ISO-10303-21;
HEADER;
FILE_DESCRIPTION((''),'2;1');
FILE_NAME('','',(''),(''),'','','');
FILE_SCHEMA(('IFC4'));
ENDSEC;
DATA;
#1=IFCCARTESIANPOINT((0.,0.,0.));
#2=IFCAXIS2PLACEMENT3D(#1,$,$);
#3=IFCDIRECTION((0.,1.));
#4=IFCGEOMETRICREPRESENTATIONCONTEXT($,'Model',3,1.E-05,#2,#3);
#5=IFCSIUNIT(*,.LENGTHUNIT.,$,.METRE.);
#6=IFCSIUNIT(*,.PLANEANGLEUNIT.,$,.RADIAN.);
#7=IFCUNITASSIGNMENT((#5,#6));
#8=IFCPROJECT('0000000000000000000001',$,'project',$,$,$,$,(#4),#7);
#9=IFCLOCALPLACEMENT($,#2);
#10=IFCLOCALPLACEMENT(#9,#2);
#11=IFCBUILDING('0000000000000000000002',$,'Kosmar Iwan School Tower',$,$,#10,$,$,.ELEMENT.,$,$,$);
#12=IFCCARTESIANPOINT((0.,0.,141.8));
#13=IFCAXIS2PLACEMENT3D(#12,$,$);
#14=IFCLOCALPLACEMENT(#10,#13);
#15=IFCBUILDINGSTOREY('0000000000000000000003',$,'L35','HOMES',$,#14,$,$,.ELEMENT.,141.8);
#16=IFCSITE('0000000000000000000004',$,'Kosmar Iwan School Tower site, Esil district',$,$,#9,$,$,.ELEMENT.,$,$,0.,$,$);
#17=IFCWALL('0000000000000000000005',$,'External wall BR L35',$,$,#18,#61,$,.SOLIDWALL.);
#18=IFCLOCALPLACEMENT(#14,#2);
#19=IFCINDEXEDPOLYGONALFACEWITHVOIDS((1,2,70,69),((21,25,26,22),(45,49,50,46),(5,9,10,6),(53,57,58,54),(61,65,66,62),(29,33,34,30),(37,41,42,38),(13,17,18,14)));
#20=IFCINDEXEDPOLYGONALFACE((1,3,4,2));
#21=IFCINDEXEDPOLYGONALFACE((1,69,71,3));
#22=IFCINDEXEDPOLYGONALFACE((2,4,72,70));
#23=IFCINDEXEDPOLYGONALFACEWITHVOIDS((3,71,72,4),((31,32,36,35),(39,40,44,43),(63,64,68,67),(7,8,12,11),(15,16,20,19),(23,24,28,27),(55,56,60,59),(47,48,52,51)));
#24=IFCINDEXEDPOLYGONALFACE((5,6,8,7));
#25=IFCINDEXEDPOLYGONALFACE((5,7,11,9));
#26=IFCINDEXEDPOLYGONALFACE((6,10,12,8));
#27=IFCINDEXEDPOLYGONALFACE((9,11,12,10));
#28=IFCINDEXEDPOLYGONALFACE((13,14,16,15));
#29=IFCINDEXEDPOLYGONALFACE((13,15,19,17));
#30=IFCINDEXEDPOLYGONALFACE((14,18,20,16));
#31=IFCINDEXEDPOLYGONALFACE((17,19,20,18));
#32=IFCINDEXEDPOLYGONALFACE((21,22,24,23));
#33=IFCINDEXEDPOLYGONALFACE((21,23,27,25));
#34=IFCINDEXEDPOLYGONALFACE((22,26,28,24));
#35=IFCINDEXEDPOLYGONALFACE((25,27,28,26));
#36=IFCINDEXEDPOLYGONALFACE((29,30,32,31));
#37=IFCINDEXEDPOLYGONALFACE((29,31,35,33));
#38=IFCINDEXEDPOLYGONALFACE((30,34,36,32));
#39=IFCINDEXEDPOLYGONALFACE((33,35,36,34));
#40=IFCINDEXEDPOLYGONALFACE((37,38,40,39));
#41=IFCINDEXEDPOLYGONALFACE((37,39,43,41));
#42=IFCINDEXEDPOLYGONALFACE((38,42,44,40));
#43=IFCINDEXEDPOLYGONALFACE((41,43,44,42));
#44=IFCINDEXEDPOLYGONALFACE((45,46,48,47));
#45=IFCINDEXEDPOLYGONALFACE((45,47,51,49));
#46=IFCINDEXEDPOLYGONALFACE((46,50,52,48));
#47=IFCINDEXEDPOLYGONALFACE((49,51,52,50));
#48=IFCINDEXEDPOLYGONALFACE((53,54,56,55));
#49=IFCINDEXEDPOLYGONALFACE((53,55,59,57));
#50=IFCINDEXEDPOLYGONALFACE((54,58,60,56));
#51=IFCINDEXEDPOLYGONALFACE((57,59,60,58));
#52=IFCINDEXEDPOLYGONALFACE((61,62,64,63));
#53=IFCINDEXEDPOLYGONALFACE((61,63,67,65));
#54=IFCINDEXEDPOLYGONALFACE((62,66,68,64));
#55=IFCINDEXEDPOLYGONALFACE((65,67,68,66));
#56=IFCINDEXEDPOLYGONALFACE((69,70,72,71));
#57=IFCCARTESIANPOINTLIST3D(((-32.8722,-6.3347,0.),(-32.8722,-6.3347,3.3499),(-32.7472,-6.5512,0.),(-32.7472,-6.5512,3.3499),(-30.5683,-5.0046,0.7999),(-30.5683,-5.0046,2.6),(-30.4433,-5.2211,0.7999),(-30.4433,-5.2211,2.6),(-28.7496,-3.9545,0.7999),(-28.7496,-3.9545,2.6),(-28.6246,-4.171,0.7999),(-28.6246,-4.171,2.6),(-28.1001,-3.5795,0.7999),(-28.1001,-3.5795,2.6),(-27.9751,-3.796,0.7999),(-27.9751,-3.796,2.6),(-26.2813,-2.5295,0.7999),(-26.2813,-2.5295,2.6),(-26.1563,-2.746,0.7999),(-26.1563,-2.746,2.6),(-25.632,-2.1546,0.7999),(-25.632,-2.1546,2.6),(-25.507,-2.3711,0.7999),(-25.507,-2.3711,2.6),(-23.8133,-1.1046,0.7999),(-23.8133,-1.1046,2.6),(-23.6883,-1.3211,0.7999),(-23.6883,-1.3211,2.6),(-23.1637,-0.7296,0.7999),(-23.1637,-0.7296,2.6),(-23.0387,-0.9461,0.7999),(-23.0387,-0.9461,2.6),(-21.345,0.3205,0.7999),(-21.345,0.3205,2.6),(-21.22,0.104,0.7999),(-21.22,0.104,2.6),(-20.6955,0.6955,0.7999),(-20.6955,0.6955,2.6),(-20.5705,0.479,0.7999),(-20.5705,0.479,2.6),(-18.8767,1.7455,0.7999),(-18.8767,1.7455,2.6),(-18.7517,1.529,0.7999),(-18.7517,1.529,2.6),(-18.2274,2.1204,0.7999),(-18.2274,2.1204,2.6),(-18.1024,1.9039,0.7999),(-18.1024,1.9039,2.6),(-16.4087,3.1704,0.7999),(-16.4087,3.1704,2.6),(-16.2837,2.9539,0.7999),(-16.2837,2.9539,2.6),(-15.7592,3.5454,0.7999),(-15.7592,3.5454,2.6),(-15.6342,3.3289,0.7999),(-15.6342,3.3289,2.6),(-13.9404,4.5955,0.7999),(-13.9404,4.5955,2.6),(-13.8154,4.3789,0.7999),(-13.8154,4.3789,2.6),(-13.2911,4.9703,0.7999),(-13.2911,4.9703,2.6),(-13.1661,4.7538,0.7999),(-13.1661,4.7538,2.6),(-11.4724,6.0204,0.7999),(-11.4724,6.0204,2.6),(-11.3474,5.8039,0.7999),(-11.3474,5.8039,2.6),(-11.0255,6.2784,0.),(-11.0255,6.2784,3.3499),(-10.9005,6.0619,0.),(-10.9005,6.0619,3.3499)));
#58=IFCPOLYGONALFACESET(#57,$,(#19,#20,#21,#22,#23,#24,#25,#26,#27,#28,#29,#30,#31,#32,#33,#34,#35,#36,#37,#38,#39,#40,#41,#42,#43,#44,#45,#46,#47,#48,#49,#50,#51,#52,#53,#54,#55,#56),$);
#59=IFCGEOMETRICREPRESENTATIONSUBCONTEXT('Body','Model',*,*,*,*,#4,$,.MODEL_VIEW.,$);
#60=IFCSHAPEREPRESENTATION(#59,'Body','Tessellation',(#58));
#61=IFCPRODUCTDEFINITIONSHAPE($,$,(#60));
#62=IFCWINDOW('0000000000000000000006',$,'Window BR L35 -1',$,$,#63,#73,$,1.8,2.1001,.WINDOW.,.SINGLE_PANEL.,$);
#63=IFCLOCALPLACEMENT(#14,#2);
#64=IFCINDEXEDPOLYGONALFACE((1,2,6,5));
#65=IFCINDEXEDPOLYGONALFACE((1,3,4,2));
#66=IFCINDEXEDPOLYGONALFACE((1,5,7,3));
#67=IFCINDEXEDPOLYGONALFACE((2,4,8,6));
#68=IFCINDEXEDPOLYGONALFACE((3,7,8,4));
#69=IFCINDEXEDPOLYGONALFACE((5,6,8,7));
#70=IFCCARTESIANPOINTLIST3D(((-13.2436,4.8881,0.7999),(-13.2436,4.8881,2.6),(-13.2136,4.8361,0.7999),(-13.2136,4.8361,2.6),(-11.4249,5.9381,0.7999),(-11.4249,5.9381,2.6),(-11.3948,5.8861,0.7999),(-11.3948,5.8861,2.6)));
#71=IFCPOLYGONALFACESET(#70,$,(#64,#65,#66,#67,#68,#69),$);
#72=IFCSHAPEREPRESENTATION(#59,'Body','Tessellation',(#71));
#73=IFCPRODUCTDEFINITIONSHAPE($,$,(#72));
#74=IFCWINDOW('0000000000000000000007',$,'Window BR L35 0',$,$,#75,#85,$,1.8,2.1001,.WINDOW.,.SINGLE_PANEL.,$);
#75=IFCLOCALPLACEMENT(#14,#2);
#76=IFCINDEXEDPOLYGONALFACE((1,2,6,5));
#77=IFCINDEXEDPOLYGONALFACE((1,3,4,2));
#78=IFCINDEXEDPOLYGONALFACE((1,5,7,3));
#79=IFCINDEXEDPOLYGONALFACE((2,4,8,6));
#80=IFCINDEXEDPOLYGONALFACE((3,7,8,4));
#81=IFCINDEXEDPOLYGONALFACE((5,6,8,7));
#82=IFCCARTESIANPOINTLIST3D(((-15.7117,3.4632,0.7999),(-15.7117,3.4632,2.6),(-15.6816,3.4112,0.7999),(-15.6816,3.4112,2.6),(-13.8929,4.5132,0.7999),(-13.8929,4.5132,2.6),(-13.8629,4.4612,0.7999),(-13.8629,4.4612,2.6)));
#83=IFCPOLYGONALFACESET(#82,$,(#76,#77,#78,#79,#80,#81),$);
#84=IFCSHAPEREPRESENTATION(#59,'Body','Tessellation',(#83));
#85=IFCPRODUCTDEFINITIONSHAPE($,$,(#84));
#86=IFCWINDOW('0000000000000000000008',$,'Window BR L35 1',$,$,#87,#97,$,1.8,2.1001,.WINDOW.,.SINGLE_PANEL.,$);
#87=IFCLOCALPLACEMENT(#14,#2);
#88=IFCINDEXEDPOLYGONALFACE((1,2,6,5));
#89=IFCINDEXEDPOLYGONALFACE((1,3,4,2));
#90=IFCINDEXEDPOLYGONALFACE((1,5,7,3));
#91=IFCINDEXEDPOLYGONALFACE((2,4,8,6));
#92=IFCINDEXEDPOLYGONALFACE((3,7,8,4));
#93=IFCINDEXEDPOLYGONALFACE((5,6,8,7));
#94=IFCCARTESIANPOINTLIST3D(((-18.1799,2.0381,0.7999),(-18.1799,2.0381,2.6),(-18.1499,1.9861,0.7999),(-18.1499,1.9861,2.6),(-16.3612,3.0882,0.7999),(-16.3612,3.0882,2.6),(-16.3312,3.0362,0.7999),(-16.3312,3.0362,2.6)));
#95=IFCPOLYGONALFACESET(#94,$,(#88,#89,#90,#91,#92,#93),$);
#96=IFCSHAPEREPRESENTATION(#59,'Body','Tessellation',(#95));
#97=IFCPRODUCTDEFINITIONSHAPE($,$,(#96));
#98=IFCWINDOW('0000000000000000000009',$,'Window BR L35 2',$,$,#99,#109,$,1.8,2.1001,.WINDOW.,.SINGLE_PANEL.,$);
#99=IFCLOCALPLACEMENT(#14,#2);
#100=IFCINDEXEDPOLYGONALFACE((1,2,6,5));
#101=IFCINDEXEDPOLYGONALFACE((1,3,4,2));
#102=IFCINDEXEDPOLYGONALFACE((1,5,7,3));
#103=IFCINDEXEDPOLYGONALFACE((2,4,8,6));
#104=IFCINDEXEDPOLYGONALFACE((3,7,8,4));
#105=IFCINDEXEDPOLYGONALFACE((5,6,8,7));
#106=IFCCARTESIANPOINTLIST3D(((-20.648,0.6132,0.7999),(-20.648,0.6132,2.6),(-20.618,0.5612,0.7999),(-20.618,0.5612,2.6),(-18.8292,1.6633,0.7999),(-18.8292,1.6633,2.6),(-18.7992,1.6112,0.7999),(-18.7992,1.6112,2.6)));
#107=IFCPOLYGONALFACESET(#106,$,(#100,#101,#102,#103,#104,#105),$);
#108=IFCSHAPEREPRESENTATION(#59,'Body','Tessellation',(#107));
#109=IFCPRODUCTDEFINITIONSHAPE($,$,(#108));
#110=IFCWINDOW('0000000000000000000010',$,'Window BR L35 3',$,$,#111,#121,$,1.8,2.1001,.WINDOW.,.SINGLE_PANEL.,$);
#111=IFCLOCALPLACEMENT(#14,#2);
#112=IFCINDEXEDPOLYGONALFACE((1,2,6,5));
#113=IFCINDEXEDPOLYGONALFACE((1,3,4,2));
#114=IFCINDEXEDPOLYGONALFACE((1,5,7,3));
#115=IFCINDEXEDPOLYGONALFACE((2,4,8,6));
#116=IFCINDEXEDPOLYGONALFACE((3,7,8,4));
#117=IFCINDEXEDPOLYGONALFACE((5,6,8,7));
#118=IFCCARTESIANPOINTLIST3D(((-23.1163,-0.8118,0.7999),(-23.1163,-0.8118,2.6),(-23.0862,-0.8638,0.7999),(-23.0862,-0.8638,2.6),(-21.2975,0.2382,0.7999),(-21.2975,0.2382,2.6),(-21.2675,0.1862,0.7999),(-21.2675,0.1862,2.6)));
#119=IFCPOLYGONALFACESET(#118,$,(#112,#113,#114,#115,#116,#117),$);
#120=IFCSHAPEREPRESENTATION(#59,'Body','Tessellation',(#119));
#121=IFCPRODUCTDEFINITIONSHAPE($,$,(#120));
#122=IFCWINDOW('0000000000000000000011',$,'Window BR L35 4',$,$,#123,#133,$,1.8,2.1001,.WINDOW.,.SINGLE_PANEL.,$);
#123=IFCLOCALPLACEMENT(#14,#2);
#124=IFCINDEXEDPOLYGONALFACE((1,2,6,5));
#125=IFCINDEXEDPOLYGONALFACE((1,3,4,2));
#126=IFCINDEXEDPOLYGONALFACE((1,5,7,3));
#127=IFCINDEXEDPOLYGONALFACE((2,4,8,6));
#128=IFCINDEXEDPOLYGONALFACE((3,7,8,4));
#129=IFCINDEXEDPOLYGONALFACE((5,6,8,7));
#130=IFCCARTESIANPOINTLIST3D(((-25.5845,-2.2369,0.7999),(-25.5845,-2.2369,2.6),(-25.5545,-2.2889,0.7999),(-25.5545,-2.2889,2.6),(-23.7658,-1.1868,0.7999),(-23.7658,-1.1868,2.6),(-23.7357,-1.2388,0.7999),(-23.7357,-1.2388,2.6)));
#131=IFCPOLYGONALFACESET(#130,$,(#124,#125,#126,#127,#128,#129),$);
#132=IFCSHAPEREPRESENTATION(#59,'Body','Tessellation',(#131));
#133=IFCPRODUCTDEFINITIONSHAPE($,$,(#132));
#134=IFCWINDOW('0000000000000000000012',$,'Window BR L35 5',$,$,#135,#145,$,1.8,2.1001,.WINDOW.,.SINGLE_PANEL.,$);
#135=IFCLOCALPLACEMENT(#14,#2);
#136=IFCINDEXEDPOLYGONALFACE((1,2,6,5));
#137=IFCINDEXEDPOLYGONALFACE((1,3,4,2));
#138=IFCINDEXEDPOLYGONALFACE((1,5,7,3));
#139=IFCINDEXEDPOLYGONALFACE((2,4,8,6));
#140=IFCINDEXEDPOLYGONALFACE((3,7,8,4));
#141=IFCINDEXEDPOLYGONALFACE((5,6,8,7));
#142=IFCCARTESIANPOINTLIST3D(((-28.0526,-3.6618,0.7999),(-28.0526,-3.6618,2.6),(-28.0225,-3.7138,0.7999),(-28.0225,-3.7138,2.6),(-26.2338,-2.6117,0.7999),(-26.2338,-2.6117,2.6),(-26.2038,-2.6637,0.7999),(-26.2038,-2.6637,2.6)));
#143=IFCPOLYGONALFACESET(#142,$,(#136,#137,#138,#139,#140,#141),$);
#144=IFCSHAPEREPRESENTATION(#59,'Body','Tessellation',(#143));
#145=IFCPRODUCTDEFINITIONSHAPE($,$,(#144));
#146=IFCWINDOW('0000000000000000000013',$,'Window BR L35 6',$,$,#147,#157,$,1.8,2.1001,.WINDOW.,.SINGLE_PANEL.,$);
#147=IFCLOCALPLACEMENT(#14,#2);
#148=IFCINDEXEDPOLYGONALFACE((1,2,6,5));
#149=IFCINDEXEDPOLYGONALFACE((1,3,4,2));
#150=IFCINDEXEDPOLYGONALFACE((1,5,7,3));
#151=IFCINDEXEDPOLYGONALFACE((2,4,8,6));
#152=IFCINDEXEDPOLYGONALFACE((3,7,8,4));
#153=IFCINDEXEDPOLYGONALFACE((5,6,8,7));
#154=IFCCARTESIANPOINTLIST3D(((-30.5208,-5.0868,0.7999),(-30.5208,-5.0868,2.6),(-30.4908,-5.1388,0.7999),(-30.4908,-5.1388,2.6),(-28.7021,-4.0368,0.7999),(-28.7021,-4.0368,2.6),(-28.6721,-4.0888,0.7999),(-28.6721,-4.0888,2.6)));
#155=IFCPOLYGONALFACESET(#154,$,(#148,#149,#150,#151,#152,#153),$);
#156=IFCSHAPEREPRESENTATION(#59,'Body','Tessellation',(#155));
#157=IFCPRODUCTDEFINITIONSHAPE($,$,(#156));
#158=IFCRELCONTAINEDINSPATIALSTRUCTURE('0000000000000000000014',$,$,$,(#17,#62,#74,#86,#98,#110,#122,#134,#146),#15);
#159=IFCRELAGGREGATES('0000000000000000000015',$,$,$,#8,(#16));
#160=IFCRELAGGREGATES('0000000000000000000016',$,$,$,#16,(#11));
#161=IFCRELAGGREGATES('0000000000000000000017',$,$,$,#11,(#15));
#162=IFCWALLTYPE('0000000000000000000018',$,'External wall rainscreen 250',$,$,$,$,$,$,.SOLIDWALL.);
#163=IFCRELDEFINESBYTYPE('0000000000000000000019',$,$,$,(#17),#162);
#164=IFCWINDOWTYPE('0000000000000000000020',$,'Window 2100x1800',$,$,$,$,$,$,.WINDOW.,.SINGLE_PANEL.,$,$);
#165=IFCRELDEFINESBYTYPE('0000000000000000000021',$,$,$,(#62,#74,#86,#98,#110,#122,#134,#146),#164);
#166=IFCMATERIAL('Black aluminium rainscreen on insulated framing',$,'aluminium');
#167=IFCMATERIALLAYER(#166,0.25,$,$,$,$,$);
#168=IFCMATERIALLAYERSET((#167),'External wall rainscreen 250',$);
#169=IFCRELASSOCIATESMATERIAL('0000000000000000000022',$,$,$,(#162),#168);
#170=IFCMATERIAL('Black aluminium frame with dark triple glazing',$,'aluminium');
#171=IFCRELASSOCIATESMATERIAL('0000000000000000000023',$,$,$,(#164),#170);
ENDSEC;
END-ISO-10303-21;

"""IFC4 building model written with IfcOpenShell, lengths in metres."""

from ifc_helpers import new_model, si_unit, direction, frame, frame_2d, origin, place, context, subcontext, project, spatial, rectangle, extrude, material, layer, layer_set, type_object, element, fill, save


model = new_model("IFC4")

# Units and contexts
model_context = context("Model", 3, precision=1e-05, world=origin(), true_north=direction((0.0, 1.0)))
body_context = subcontext(model_context, "Body", "Model", "MODEL_VIEW")
ifc_project = project(units=[si_unit("LENGTHUNIT", "METRE"), si_unit("PLANEANGLEUNIT", "RADIAN")], contexts=[model_context])

# Site, building, storey
site_placement = place(None, origin())
site = spatial("IfcSite", under=ifc_project, at=site_placement, Name="Kosmar Iwan School Tower site, Esil district", CompositionType="ELEMENT", RefElevation=0.0)
building_placement = place(site_placement, origin())
building = spatial("IfcBuilding", under=site, at=building_placement, Name="Kosmar Iwan School Tower", CompositionType="ELEMENT")
storey_placement = place(building_placement, frame((0.0, 0.0, 141.8)))
storey = spatial("IfcBuildingStorey", under=building, at=storey_placement, Name="L35", Description="HOMES", CompositionType="ELEMENT", Elevation=141.8)

# Wall, openings, windows
ifc_material_1 = material(Name="Black aluminium rainscreen on insulated framing", Category="aluminium")
ifc_layer_1 = layer(ifc_material_1, 0.25)
ifc_layer_set_1 = layer_set([ifc_layer_1], Name="External wall rainscreen 250")
wall_type_1 = type_object("IfcWallType", Name="External wall rainscreen 250", PredefinedType="SOLIDWALL", material=ifc_layer_set_1)
ifc_material_2 = material(Name="Black aluminium frame with dark triple glazing", Category="aluminium")
window_type = type_object("IfcWindowType", Name="Window 2100x1800", PartitioningType="SINGLE_PANEL", PredefinedType="WINDOW", material=ifc_material_2)
wall_1_placement = place(storey_placement, frame((-10.9629, 6.1702, 0.0), z_axis=(0.0, 0.0, 1.0), x_axis=(-0.866028, -0.499996, 0.0)))
wall_1 = element("IfcWall", 1, at=wall_1_placement, inside=storey, type_object=wall_type_1, Name="External wall BR L35", PredefinedType="SOLIDWALL", context=body_context, shape_type="SweptSolid", body=[
    extrude(rectangle(XDim=25.2263, YDim=0.25, at=frame_2d((12.6133, 0.0))), origin(), (0.0, 0.0, 1.0), 3.3499),
])
opening_1_placement = place(wall_1_placement, frame((0.5161, 0.0, 0.8)))
opening_1 = element("IfcOpeningElement", 2, at=opening_1_placement, cuts=wall_1, PredefinedType="OPENING", context=body_context, shape_type="SweptSolid", body=[
    extrude(rectangle(XDim=2.1001, YDim=1.8, at=frame_2d((1.05, 0.8999))), frame((0.0, 0.137, 0.0), z_axis=(0.0, -1.0, 0.0), x_axis=(1.0, 0.0, 0.0)), (0.0, 0.0, 1.0), 0.2739),
])
opening_2_placement = place(wall_1_placement, frame((3.366, 0.0, 0.8)))
opening_2 = element("IfcOpeningElement", 3, at=opening_2_placement, cuts=wall_1, PredefinedType="OPENING", context=body_context, shape_type="SweptSolid", body=[
    extrude(rectangle(XDim=2.1001, YDim=1.8, at=frame_2d((1.05, 0.8999))), frame((0.0, 0.137, 0.0), z_axis=(0.0, -1.0, 0.0), x_axis=(1.0, 0.0, 0.0)), (0.0, 0.0, 1.0), 0.2739),
])
opening_3_placement = place(wall_1_placement, frame((6.2161, 0.0, 0.8)))
opening_3 = element("IfcOpeningElement", 4, at=opening_3_placement, cuts=wall_1, PredefinedType="OPENING", context=body_context, shape_type="SweptSolid", body=[
    extrude(rectangle(XDim=2.1001, YDim=1.8, at=frame_2d((1.05, 0.8999))), frame((0.0, 0.137, 0.0), z_axis=(0.0, -1.0, 0.0), x_axis=(1.0, 0.0, 0.0)), (0.0, 0.0, 1.0), 0.2739),
])
opening_4_placement = place(wall_1_placement, frame((9.0659, 0.0, 0.8)))
opening_4 = element("IfcOpeningElement", 5, at=opening_4_placement, cuts=wall_1, PredefinedType="OPENING", context=body_context, shape_type="SweptSolid", body=[
    extrude(rectangle(XDim=2.1001, YDim=1.8, at=frame_2d((1.05, 0.8999))), frame((0.0, 0.137, 0.0), z_axis=(0.0, -1.0, 0.0), x_axis=(1.0, 0.0, 0.0)), (0.0, 0.0, 1.0), 0.2739),
])
opening_5_placement = place(wall_1_placement, frame((11.916, 0.0, 0.8)))
opening_5 = element("IfcOpeningElement", 6, at=opening_5_placement, cuts=wall_1, PredefinedType="OPENING", context=body_context, shape_type="SweptSolid", body=[
    extrude(rectangle(XDim=2.1001, YDim=1.8, at=frame_2d((1.05, 0.8999))), frame((0.0, 0.137, 0.0), z_axis=(0.0, -1.0, 0.0), x_axis=(1.0, 0.0, 0.0)), (0.0, 0.0, 1.0), 0.2739),
])
opening_6_placement = place(wall_1_placement, frame((14.7661, 0.0, 0.8)))
opening_6 = element("IfcOpeningElement", 7, at=opening_6_placement, cuts=wall_1, PredefinedType="OPENING", context=body_context, shape_type="SweptSolid", body=[
    extrude(rectangle(XDim=2.1001, YDim=1.8, at=frame_2d((1.05, 0.8999))), frame((0.0, 0.137, 0.0), z_axis=(0.0, -1.0, 0.0), x_axis=(1.0, 0.0, 0.0)), (0.0, 0.0, 1.0), 0.2739),
])
opening_7_placement = place(wall_1_placement, frame((17.616, 0.0, 0.8)))
opening_7 = element("IfcOpeningElement", 8, at=opening_7_placement, cuts=wall_1, PredefinedType="OPENING", context=body_context, shape_type="SweptSolid", body=[
    extrude(rectangle(XDim=2.1001, YDim=1.8, at=frame_2d((1.05, 0.8999))), frame((0.0, 0.137, 0.0), z_axis=(0.0, -1.0, 0.0), x_axis=(1.0, 0.0, 0.0)), (0.0, 0.0, 1.0), 0.2739),
])
opening_8_placement = place(wall_1_placement, frame((20.4661, 0.0, 0.8)))
opening_8 = element("IfcOpeningElement", 9, at=opening_8_placement, cuts=wall_1, PredefinedType="OPENING", context=body_context, shape_type="SweptSolid", body=[
    extrude(rectangle(XDim=2.1001, YDim=1.8, at=frame_2d((1.05, 0.8999))), frame((0.0, 0.137, 0.0), z_axis=(0.0, -1.0, 0.0), x_axis=(1.0, 0.0, 0.0)), (0.0, 0.0, 1.0), 0.2739),
])
window_1_placement = place(opening_1_placement, origin())
window_1 = element("IfcWindow", 10, at=window_1_placement, inside=storey, type_object=window_type, Name="Window BR L35 -1", OverallHeight=1.8, OverallWidth=2.1001, PartitioningType="SINGLE_PANEL", PredefinedType="WINDOW", context=body_context, shape_type="SweptSolid", body=[
    extrude(rectangle(XDim=2.1001, YDim=1.8, at=frame_2d((1.05, 0.8999))), frame((0.0, 0.03, 0.0), z_axis=(0.0, -1.0, 0.0), x_axis=(1.0, 0.0, 0.0)), (0.0, 0.0, 1.0), 0.0601),
])
fill(opening_1, window_1)
window_2_placement = place(opening_2_placement, origin())
window_2 = element("IfcWindow", 11, at=window_2_placement, inside=storey, type_object=window_type, Name="Window BR L35 0", OverallHeight=1.8, OverallWidth=2.1001, PartitioningType="SINGLE_PANEL", PredefinedType="WINDOW", context=body_context, shape_type="SweptSolid", body=[
    extrude(rectangle(XDim=2.1001, YDim=1.8, at=frame_2d((1.05, 0.8999))), frame((0.0, 0.03, 0.0), z_axis=(0.0, -1.0, 0.0), x_axis=(1.0, 0.0, 0.0)), (0.0, 0.0, 1.0), 0.0601),
])
fill(opening_2, window_2)
window_3_placement = place(opening_3_placement, origin())
window_3 = element("IfcWindow", 12, at=window_3_placement, inside=storey, type_object=window_type, Name="Window BR L35 1", OverallHeight=1.8, OverallWidth=2.1001, PartitioningType="SINGLE_PANEL", PredefinedType="WINDOW", context=body_context, shape_type="SweptSolid", body=[
    extrude(rectangle(XDim=2.1001, YDim=1.8, at=frame_2d((1.05, 0.8999))), frame((0.0, 0.03, 0.0), z_axis=(0.0, -1.0, 0.0), x_axis=(1.0, 0.0, 0.0)), (0.0, 0.0, 1.0), 0.0601),
])
fill(opening_3, window_3)
window_4_placement = place(opening_4_placement, origin())
window_4 = element("IfcWindow", 13, at=window_4_placement, inside=storey, type_object=window_type, Name="Window BR L35 2", OverallHeight=1.8, OverallWidth=2.1001, PartitioningType="SINGLE_PANEL", PredefinedType="WINDOW", context=body_context, shape_type="SweptSolid", body=[
    extrude(rectangle(XDim=2.1001, YDim=1.8, at=frame_2d((1.05, 0.8999))), frame((0.0, 0.03, 0.0), z_axis=(0.0, -1.0, 0.0), x_axis=(1.0, 0.0, 0.0)), (0.0, 0.0, 1.0), 0.0601),
])
fill(opening_4, window_4)
window_5_placement = place(opening_5_placement, origin())
window_5 = element("IfcWindow", 14, at=window_5_placement, inside=storey, type_object=window_type, Name="Window BR L35 3", OverallHeight=1.8, OverallWidth=2.1001, PartitioningType="SINGLE_PANEL", PredefinedType="WINDOW", context=body_context, shape_type="SweptSolid", body=[
    extrude(rectangle(XDim=2.1001, YDim=1.8, at=frame_2d((1.05, 0.8999))), frame((0.0, 0.03, 0.0), z_axis=(0.0, -1.0, 0.0), x_axis=(1.0, 0.0, 0.0)), (0.0, 0.0, 1.0), 0.0601),
])
fill(opening_5, window_5)
window_6_placement = place(opening_6_placement, origin())
window_6 = element("IfcWindow", 15, at=window_6_placement, inside=storey, type_object=window_type, Name="Window BR L35 4", OverallHeight=1.8, OverallWidth=2.1001, PartitioningType="SINGLE_PANEL", PredefinedType="WINDOW", context=body_context, shape_type="SweptSolid", body=[
    extrude(rectangle(XDim=2.1001, YDim=1.8, at=frame_2d((1.05, 0.8999))), frame((0.0, 0.03, 0.0), z_axis=(0.0, -1.0, 0.0), x_axis=(1.0, 0.0, 0.0)), (0.0, 0.0, 1.0), 0.0601),
])
fill(opening_6, window_6)
window_7_placement = place(opening_7_placement, origin())
window_7 = element("IfcWindow", 16, at=window_7_placement, inside=storey, type_object=window_type, Name="Window BR L35 5", OverallHeight=1.8, OverallWidth=2.1001, PartitioningType="SINGLE_PANEL", PredefinedType="WINDOW", context=body_context, shape_type="SweptSolid", body=[
    extrude(rectangle(XDim=2.1001, YDim=1.8, at=frame_2d((1.05, 0.8999))), frame((0.0, 0.03, 0.0), z_axis=(0.0, -1.0, 0.0), x_axis=(1.0, 0.0, 0.0)), (0.0, 0.0, 1.0), 0.0601),
])
fill(opening_7, window_7)
window_8_placement = place(opening_8_placement, origin())
window_8 = element("IfcWindow", 17, at=window_8_placement, inside=storey, type_object=window_type, Name="Window BR L35 6", OverallHeight=1.8, OverallWidth=2.1001, PartitioningType="SINGLE_PANEL", PredefinedType="WINDOW", context=body_context, shape_type="SweptSolid", body=[
    extrude(rectangle(XDim=2.1001, YDim=1.8, at=frame_2d((1.05, 0.8999))), frame((0.0, 0.03, 0.0), z_axis=(0.0, -1.0, 0.0), x_axis=(1.0, 0.0, 0.0)), (0.0, 0.0, 1.0), 0.0601),
])
fill(opening_8, window_8)

save(model, "model.ifc")
